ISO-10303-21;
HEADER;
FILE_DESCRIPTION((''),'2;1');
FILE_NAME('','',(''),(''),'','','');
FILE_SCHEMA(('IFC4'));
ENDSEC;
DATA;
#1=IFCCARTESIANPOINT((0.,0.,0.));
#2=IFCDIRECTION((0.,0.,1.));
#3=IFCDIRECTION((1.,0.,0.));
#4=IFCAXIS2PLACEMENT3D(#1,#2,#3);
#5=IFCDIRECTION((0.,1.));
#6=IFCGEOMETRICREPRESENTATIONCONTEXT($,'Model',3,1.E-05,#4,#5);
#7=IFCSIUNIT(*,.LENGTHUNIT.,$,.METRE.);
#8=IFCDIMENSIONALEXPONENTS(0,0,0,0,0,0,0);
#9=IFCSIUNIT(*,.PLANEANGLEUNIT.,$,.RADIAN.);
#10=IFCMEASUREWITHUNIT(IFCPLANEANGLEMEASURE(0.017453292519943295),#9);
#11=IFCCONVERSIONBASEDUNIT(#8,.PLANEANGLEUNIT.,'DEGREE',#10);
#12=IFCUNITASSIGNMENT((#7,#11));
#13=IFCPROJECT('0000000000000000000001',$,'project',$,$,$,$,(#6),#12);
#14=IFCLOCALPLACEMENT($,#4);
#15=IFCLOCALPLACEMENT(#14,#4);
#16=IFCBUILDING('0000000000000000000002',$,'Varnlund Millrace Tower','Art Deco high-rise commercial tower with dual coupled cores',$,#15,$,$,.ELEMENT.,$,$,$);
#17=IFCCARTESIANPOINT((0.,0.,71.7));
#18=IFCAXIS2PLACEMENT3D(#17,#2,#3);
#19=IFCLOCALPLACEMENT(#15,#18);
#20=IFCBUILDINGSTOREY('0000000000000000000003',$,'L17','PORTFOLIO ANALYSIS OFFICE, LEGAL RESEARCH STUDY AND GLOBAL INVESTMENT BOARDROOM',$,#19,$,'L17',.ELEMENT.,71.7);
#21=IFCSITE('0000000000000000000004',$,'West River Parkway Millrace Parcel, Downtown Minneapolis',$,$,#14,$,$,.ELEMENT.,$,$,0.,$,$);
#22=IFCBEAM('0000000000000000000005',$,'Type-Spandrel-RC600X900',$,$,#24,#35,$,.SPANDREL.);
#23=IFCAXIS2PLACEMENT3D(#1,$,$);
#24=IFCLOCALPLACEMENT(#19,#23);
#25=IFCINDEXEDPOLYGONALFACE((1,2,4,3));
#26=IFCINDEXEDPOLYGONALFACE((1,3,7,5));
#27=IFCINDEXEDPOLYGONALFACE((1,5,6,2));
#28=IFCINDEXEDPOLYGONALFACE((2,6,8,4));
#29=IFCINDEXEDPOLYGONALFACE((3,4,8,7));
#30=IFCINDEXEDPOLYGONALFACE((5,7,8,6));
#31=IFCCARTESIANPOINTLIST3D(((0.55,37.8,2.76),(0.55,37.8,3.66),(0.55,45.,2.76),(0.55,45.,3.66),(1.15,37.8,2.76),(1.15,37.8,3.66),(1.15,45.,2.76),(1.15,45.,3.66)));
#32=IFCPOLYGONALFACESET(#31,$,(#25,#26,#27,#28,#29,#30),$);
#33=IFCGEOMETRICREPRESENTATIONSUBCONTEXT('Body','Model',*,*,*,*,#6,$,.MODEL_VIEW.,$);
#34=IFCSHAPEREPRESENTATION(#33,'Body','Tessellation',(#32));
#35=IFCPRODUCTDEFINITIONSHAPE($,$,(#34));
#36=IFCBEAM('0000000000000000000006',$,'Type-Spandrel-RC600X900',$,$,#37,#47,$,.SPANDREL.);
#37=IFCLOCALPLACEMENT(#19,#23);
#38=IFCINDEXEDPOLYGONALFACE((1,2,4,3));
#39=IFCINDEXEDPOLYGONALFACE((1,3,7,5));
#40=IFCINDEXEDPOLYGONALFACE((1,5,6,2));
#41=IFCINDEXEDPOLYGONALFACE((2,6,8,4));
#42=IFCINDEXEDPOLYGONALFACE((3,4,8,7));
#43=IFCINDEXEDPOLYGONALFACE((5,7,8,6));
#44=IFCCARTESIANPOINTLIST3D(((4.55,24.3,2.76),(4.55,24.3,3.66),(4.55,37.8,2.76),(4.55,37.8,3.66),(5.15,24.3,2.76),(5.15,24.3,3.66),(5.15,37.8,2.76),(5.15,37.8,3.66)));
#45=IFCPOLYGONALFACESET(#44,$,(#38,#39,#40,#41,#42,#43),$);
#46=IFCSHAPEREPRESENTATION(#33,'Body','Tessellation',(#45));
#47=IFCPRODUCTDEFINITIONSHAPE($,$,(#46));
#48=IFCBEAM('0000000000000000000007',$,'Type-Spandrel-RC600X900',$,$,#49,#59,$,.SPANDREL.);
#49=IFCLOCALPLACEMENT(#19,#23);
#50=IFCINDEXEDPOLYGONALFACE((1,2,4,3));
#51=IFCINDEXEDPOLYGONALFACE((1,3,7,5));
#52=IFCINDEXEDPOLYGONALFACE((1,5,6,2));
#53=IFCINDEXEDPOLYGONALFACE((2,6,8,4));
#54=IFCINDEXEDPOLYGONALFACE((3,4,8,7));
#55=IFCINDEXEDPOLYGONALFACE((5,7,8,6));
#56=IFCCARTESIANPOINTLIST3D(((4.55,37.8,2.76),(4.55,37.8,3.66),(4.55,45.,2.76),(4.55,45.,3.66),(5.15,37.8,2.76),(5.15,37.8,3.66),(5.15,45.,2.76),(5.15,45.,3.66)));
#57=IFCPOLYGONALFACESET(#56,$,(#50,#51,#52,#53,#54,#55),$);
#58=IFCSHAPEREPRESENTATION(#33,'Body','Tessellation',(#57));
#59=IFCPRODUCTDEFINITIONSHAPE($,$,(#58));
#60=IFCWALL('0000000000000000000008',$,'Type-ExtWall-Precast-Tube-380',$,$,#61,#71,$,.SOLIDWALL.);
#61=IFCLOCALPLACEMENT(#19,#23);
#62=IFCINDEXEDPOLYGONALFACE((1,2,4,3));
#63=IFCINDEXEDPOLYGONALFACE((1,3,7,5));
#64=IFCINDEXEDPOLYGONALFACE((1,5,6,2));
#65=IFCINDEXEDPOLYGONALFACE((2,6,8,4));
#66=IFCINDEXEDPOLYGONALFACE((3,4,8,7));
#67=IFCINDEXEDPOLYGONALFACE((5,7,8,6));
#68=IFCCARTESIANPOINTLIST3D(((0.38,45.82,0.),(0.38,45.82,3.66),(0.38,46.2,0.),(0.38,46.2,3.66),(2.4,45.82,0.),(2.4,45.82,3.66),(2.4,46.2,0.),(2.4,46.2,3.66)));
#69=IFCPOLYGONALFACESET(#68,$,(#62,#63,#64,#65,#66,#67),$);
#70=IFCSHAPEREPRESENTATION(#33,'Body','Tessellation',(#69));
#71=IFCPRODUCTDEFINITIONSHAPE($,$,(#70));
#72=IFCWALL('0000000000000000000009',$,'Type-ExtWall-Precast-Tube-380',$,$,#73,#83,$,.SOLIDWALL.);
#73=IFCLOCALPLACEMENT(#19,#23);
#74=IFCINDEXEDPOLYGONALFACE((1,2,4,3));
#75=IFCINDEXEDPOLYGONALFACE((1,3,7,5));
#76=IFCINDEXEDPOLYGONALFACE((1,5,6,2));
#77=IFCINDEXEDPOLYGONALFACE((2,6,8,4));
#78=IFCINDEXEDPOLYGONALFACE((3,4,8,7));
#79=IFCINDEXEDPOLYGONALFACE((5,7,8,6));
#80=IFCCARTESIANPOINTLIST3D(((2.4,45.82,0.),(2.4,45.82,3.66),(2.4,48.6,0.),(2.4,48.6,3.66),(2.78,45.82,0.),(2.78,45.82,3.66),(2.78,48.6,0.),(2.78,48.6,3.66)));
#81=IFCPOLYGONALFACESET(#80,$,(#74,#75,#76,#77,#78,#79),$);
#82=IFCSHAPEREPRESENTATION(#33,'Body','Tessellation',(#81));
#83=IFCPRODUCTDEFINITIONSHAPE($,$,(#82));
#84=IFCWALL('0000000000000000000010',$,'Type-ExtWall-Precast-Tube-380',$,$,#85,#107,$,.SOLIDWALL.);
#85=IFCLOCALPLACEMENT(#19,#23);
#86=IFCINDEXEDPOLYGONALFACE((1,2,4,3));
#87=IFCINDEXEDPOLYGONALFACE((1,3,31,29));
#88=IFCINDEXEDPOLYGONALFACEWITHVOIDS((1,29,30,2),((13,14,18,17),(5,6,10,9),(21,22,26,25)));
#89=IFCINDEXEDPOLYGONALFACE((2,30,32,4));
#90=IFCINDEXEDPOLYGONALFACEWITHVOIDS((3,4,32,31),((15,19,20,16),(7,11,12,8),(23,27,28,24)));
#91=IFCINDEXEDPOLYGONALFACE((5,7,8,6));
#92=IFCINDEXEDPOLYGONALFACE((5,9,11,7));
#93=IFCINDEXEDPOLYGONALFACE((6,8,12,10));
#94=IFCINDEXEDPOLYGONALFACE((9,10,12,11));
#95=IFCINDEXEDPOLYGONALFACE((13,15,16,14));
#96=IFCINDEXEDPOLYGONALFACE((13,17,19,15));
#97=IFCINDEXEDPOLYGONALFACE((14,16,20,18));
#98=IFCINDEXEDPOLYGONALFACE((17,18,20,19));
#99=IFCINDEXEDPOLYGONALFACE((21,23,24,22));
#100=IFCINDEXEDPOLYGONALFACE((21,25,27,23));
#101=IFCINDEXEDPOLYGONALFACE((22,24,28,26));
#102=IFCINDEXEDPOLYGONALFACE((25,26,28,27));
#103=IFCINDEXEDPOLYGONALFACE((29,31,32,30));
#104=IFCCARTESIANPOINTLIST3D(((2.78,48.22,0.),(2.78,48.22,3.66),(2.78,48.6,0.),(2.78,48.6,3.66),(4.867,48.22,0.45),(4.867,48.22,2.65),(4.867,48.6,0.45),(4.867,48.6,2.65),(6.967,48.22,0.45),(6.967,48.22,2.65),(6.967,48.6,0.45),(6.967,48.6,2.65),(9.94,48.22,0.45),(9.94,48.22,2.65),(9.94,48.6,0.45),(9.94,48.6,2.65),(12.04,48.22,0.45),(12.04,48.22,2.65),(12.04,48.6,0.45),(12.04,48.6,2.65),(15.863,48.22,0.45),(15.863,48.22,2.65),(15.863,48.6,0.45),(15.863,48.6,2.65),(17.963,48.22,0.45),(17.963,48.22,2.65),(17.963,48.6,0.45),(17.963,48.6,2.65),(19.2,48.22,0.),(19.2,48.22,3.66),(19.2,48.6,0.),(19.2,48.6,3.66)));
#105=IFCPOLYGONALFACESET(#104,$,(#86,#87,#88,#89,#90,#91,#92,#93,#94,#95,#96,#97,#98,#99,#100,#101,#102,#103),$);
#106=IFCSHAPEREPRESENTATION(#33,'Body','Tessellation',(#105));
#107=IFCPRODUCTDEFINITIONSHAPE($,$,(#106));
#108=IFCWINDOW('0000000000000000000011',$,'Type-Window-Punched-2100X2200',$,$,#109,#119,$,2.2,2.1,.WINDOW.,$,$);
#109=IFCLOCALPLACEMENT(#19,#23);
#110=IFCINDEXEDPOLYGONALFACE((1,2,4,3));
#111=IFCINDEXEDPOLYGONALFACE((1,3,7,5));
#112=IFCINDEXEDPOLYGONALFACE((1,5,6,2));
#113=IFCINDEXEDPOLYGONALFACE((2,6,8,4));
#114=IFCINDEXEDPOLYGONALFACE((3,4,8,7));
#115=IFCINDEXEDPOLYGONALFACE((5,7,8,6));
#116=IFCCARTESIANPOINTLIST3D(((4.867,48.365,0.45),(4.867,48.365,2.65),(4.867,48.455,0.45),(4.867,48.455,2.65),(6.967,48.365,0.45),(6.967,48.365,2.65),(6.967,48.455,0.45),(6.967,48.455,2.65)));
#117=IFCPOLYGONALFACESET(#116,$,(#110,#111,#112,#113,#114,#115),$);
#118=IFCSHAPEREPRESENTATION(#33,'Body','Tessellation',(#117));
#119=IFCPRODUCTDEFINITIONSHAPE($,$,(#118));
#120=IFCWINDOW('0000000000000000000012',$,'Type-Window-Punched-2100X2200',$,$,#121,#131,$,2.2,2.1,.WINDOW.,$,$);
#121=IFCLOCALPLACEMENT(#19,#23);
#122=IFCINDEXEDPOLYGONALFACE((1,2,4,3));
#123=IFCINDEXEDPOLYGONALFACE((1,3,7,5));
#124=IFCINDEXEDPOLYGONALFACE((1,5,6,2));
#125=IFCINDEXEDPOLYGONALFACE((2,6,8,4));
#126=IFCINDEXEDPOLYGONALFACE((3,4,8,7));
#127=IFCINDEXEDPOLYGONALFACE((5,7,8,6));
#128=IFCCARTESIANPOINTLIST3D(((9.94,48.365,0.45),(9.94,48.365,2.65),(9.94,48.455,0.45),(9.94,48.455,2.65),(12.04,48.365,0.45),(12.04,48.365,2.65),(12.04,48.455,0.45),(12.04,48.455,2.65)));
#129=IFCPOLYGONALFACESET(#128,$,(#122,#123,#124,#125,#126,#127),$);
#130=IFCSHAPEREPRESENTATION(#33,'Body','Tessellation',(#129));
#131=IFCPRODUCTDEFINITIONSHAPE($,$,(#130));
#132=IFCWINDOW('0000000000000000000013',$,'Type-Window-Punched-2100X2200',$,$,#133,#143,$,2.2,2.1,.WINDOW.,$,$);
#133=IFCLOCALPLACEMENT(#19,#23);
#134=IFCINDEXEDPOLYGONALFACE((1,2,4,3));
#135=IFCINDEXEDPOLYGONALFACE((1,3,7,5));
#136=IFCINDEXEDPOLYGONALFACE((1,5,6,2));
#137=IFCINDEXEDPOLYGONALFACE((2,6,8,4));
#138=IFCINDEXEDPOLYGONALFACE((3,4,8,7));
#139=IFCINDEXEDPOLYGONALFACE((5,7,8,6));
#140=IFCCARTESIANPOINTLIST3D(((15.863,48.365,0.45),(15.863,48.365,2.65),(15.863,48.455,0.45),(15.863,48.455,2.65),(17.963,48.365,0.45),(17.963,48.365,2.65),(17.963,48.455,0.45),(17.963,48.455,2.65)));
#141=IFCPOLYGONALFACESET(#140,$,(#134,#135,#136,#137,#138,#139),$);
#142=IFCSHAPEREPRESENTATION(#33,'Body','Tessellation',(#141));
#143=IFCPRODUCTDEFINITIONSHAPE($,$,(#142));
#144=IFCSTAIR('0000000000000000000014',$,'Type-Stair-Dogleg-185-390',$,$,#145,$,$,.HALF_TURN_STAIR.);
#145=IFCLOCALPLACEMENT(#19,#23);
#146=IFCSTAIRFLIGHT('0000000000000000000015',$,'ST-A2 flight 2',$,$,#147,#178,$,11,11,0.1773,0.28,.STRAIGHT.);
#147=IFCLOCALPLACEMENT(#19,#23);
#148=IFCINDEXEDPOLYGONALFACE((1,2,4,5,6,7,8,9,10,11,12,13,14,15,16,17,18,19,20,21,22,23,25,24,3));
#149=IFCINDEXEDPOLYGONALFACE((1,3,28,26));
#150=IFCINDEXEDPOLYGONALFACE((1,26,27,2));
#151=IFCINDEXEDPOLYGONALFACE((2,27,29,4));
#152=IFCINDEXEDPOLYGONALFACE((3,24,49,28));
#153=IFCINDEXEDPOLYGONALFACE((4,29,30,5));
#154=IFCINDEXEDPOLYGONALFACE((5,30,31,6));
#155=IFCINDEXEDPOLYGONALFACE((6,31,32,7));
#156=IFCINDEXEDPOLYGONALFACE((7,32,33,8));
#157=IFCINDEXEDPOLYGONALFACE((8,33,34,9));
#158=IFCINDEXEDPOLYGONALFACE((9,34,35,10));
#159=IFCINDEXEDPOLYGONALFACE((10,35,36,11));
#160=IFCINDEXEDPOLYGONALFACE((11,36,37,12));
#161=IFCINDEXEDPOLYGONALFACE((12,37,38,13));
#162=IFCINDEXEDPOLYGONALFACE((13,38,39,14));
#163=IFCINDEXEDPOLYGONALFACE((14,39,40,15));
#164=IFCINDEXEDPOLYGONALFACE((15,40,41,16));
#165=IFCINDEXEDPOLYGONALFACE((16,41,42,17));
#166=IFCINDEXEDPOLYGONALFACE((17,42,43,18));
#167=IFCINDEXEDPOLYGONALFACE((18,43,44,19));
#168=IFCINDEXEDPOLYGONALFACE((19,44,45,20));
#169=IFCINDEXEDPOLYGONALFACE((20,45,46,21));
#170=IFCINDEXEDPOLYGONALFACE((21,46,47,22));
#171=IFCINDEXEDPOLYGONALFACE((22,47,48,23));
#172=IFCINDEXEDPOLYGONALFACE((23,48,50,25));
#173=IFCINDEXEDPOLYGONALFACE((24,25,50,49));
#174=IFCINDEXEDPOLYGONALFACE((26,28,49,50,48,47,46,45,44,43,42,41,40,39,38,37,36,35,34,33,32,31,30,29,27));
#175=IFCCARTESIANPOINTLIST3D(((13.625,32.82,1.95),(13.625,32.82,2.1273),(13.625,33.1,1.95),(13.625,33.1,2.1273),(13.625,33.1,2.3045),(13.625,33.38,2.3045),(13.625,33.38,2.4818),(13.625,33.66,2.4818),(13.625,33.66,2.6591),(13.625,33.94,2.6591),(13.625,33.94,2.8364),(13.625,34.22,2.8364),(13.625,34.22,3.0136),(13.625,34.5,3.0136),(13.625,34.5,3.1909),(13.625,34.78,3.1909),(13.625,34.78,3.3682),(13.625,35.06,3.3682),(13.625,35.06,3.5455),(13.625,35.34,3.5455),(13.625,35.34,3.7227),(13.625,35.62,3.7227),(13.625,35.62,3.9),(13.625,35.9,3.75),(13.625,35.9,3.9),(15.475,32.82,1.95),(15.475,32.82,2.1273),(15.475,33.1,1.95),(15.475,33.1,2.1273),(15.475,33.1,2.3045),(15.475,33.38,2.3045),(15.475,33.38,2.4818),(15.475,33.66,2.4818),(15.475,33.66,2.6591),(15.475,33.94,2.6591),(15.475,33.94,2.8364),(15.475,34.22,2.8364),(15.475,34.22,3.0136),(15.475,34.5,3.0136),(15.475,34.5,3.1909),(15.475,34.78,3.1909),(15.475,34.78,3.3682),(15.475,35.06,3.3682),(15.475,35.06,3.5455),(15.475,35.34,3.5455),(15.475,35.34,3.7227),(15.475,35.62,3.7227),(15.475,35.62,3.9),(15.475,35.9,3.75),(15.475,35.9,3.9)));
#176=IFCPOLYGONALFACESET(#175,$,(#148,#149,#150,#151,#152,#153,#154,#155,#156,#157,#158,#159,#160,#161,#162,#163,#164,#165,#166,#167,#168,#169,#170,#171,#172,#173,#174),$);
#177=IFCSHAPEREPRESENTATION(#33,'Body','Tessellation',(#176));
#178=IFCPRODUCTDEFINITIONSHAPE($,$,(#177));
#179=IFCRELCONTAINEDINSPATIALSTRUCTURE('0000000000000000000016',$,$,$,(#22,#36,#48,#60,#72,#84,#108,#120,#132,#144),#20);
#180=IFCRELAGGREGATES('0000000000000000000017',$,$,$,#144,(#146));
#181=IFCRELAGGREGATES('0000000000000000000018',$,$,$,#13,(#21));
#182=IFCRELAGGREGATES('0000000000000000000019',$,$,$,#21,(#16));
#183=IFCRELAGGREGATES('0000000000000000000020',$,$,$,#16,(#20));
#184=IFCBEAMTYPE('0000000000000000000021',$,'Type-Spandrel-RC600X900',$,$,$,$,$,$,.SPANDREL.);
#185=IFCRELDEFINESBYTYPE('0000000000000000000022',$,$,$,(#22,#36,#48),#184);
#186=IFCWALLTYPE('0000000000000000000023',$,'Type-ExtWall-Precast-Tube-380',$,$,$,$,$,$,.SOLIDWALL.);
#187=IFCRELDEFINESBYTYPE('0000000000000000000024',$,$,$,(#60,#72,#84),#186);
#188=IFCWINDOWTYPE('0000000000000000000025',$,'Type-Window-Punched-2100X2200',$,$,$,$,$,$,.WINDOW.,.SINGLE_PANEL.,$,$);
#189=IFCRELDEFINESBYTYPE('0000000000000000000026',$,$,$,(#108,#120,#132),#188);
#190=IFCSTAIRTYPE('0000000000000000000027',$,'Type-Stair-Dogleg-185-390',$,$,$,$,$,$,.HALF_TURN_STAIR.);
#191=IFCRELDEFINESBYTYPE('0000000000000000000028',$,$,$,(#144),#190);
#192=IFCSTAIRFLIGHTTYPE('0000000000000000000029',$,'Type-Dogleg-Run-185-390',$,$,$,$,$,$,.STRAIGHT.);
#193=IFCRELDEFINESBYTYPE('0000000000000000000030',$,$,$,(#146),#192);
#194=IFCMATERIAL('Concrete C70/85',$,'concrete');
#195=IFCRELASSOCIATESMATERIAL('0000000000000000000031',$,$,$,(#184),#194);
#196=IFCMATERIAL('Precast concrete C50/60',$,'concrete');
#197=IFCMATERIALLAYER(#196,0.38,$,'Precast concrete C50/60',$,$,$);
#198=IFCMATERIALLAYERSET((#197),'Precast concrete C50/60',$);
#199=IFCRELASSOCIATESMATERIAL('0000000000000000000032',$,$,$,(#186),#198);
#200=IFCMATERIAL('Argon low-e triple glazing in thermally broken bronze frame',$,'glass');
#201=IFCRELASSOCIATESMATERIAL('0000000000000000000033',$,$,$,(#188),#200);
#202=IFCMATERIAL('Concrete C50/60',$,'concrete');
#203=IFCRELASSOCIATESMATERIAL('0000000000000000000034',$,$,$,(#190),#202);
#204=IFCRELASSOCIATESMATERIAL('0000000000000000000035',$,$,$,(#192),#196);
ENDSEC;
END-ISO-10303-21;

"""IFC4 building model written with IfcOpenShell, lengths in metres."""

from ifc_helpers import new_model, entity, si_unit, converted_unit, direction, frame, origin_with_axes, origin_2d_with_axis, place, context, subcontext, project, spatial, polyline, rectangle, outline, extrude, material, layer, layer_set, material_profile, profile_set, type_object, element, fill, aggregate, save


model = new_model("IFC4")

# Units and contexts
model_context = context("Model", 3, precision=1e-05, world=origin_with_axes(), true_north=direction((0.0, 1.0)))
body_context = subcontext(model_context, "Body", "Model", "MODEL_VIEW")
ifc_project = project(units=[si_unit("LENGTHUNIT", "METRE"), converted_unit("PLANEANGLEUNIT", "DEGREE", entity("IfcPlaneAngleMeasure", 0.017453292519943295), si_unit("PLANEANGLEUNIT", "RADIAN"), dimensions=[0, 0, 0, 0, 0, 0, 0])], contexts=[model_context])

# Site, building, storey
site_placement = place(None, origin_with_axes())
site = spatial("IfcSite", under=ifc_project, at=site_placement, Name="West River Parkway Millrace Parcel, Downtown Minneapolis", CompositionType="ELEMENT", RefElevation=0.0)
building_placement = place(site_placement, origin_with_axes())
building = spatial("IfcBuilding", under=site, at=building_placement, Name="Varnlund Millrace Tower", Description="Art Deco high-rise commercial tower with dual coupled cores", CompositionType="ELEMENT")
storey_placement = place(building_placement, frame((0.0, 0.0, 71.7), z_axis=(0.0, 0.0, 1.0), x_axis=(1.0, 0.0, 0.0)))
storey = spatial("IfcBuildingStorey", under=building, at=storey_placement, Name="L17", Description="PORTFOLIO ANALYSIS OFFICE, LEGAL RESEARCH STUDY AND GLOBAL INVESTMENT BOARDROOM", LongName="L17", CompositionType="ELEMENT", Elevation=71.7)

# Beams
ifc_material_1 = material(Name="Concrete C70/85", Category="concrete")
ifc_material_profile_1 = material_profile(ifc_material_1, rectangle(XDim=0.6, YDim=0.9, at=origin_2d_with_axis()), Name="Concrete C70/85")
ifc_profile_set_1 = profile_set([ifc_material_profile_1], Name="Concrete C70/85")
beam_type_1 = type_object("IfcBeamType", Name="Type-Spandrel-RC600X900", PredefinedType="SPANDREL", material=ifc_profile_set_1)
beam_1_placement = place(storey_placement, frame((0.85, 37.8, 3.21), z_axis=(0.0, 1.0, 0.0), x_axis=(-1.0, 0.0, 0.0)))
element("IfcBeam", 1, at=beam_1_placement, inside=storey, type_object=beam_type_1, Name="Type-Spandrel-RC600X900", PredefinedType="SPANDREL", context=body_context, shape_type="SweptSolid", body=[
    extrude(rectangle(XDim=0.6, YDim=0.9, at=origin_2d_with_axis()), origin_with_axes(), (0.0, 0.0, 1.0), 7.2),
])
beam_2_placement = place(storey_placement, frame((4.85, 24.3, 3.21), z_axis=(0.0, 1.0, 0.0), x_axis=(-1.0, 0.0, 0.0)))
element("IfcBeam", 2, at=beam_2_placement, inside=storey, type_object=beam_type_1, Name="Type-Spandrel-RC600X900", PredefinedType="SPANDREL", context=body_context, shape_type="SweptSolid", body=[
    extrude(rectangle(XDim=0.6, YDim=0.9, at=origin_2d_with_axis()), origin_with_axes(), (0.0, 0.0, 1.0), 13.5),
])
beam_3_placement = place(storey_placement, frame((4.85, 37.8, 3.21), z_axis=(0.0, 1.0, 0.0), x_axis=(-1.0, 0.0, 0.0)))
element("IfcBeam", 3, at=beam_3_placement, inside=storey, type_object=beam_type_1, Name="Type-Spandrel-RC600X900", PredefinedType="SPANDREL", context=body_context, shape_type="SweptSolid", body=[
    extrude(rectangle(XDim=0.6, YDim=0.9, at=origin_2d_with_axis()), origin_with_axes(), (0.0, 0.0, 1.0), 7.2),
])

# Walls
ifc_material_2 = material(Name="Precast concrete C50/60", Category="concrete")
ifc_layer = layer(ifc_material_2, 0.38, Name="Precast concrete C50/60")
ifc_layer_set = layer_set([ifc_layer], Name="Precast concrete C50/60")
wall_type = type_object("IfcWallType", Name="Type-ExtWall-Precast-Tube-380", PredefinedType="SOLIDWALL", material=ifc_layer_set)
wall_1_placement = place(storey_placement, frame((0.38, 46.01, 0.0), z_axis=(0.0, 0.0, 1.0), x_axis=(1.0, 0.0, 0.0)))
element("IfcWall", 4, at=wall_1_placement, inside=storey, type_object=wall_type, Name="Type-ExtWall-Precast-Tube-380", PredefinedType="SOLIDWALL", context=body_context, shape_type="SweptSolid", body=[
    extrude(outline(polyline([(0.0, -0.19), (2.02, -0.19), (2.02, 0.19), (0.0, 0.19), (0.0, -0.19)])), origin_with_axes(), (0.0, 0.0, 1.0), 3.66),
])
wall_2_placement = place(storey_placement, frame((2.59, 45.82, 0.0), z_axis=(0.0, 0.0, 1.0), x_axis=(0.0, 1.0, 0.0)))
element("IfcWall", 5, at=wall_2_placement, inside=storey, type_object=wall_type, Name="Type-ExtWall-Precast-Tube-380", PredefinedType="SOLIDWALL", context=body_context, shape_type="SweptSolid", body=[
    extrude(outline(polyline([(0.0, -0.19), (2.78, -0.19), (2.78, 0.19), (0.0, 0.19), (0.0, -0.19)])), origin_with_axes(), (0.0, 0.0, 1.0), 3.66),
])

# Wall, openings, windows
wall_3_placement = place(storey_placement, frame((2.78, 48.41, 0.0), z_axis=(0.0, 0.0, 1.0), x_axis=(1.0, 0.0, 0.0)))
wall_3 = element("IfcWall", 6, at=wall_3_placement, inside=storey, type_object=wall_type, Name="Type-ExtWall-Precast-Tube-380", PredefinedType="SOLIDWALL", context=body_context, shape_type="SweptSolid", body=[
    extrude(outline(polyline([(0.0, -0.19), (16.42, -0.19), (16.42, 0.19), (0.0, 0.19), (0.0, -0.19)])), origin_with_axes(), (0.0, 0.0, 1.0), 3.66),
])
opening_1_placement = place(wall_3_placement, frame((3.137, 0.0, 0.45), z_axis=(0.0, 0.0, 1.0), x_axis=(1.0, 0.0, 0.0)))
opening_1 = element("IfcOpeningElement", 7, at=opening_1_placement, cuts=wall_3, PredefinedType="OPENING", context=body_context, shape_type="SweptSolid", body=[
    extrude(rectangle(XDim=2.1, YDim=0.4, at=origin_2d_with_axis()), origin_with_axes(), (0.0, 0.0, 1.0), 2.2),
])
opening_2_placement = place(wall_3_placement, frame((8.21, 0.0, 0.45), z_axis=(0.0, 0.0, 1.0), x_axis=(1.0, 0.0, 0.0)))
opening_2 = element("IfcOpeningElement", 8, at=opening_2_placement, cuts=wall_3, PredefinedType="OPENING", context=body_context, shape_type="SweptSolid", body=[
    extrude(rectangle(XDim=2.1, YDim=0.4, at=origin_2d_with_axis()), origin_with_axes(), (0.0, 0.0, 1.0), 2.2),
])
opening_3_placement = place(wall_3_placement, frame((14.133, 0.0, 0.45), z_axis=(0.0, 0.0, 1.0), x_axis=(1.0, 0.0, 0.0)))
opening_3 = element("IfcOpeningElement", 9, at=opening_3_placement, cuts=wall_3, PredefinedType="OPENING", context=body_context, shape_type="SweptSolid", body=[
    extrude(rectangle(XDim=2.1, YDim=0.4, at=origin_2d_with_axis()), origin_with_axes(), (0.0, 0.0, 1.0), 2.2),
])
ifc_material_3 = material(Name="Argon low-e triple glazing in thermally broken bronze frame", Category="glass")
window_type = type_object("IfcWindowType", Name="Type-Window-Punched-2100X2200", PartitioningType="SINGLE_PANEL", PredefinedType="WINDOW", material=ifc_material_3)
window_1_placement = place(wall_3_placement, frame((3.137, 0.0, 0.45), z_axis=(0.0, 0.0, 1.0), x_axis=(1.0, 0.0, 0.0)))
window_1 = element("IfcWindow", 10, at=window_1_placement, inside=storey, type_object=window_type, Name="Type-Window-Punched-2100X2200", OverallHeight=2.2, OverallWidth=2.1, PredefinedType="WINDOW", context=body_context, shape_type="SweptSolid", body=[
    extrude(rectangle(XDim=2.1, YDim=0.09, at=origin_2d_with_axis()), origin_with_axes(), (0.0, 0.0, 1.0), 2.2),
])
fill(opening_1, window_1)
window_2_placement = place(wall_3_placement, frame((8.21, 0.0, 0.45), z_axis=(0.0, 0.0, 1.0), x_axis=(1.0, 0.0, 0.0)))
window_2 = element("IfcWindow", 11, at=window_2_placement, inside=storey, type_object=window_type, Name="Type-Window-Punched-2100X2200", OverallHeight=2.2, OverallWidth=2.1, PredefinedType="WINDOW", context=body_context, shape_type="SweptSolid", body=[
    extrude(rectangle(XDim=2.1, YDim=0.09, at=origin_2d_with_axis()), origin_with_axes(), (0.0, 0.0, 1.0), 2.2),
])
fill(opening_2, window_2)
window_3_placement = place(wall_3_placement, frame((14.133, 0.0, 0.45), z_axis=(0.0, 0.0, 1.0), x_axis=(1.0, 0.0, 0.0)))
window_3 = element("IfcWindow", 12, at=window_3_placement, inside=storey, type_object=window_type, Name="Type-Window-Punched-2100X2200", OverallHeight=2.2, OverallWidth=2.1, PredefinedType="WINDOW", context=body_context, shape_type="SweptSolid", body=[
    extrude(rectangle(XDim=2.1, YDim=0.09, at=origin_2d_with_axis()), origin_with_axes(), (0.0, 0.0, 1.0), 2.2),
])
fill(opening_3, window_3)

# Stair, stair flight
ifc_material_4 = material(Name="Concrete C50/60", Category="concrete")
stair_type = type_object("IfcStairType", Name="Type-Stair-Dogleg-185-390", PredefinedType="HALF_TURN_STAIR", material=ifc_material_4)
stair_placement = place(storey_placement, origin_with_axes())
stair = element("IfcStair", 13, at=stair_placement, inside=storey, type_object=stair_type, Name="Type-Stair-Dogleg-185-390", PredefinedType="HALF_TURN_STAIR")
stair_flight_type = type_object("IfcStairFlightType", Name="Type-Dogleg-Run-185-390", PredefinedType="STRAIGHT", material=ifc_material_2)
stair_flight_placement = place(storey_placement, frame((13.625, 32.82, 1.95), z_axis=(1.0, 0.0, 0.0), x_axis=(0.0, 1.0, 0.0)))
stair_flight = element("IfcStairFlight", 14, at=stair_flight_placement, type_object=stair_flight_type, Name="ST-A2 flight 2", NumberOfRisers=11, NumberOfTreads=11, PredefinedType="STRAIGHT", RiserHeight=0.1773, TreadLength=0.28, context=body_context, shape_type="SweptSolid", body=[
    extrude(outline(polyline([(0.0, 0.0), (0.0, 0.1773), (0.28, 0.1773), (0.28, 0.3545), (0.56, 0.3545), (0.56, 0.5318), (0.84, 0.5318), (0.84, 0.7091), (1.12, 0.7091), (1.12, 0.8864), (1.4, 0.8864), (1.4, 1.0636), (1.68, 1.0636), (1.68, 1.2409), (1.96, 1.2409), (1.96, 1.4182), (2.24, 1.4182), (2.24, 1.5955), (2.52, 1.5955), (2.52, 1.7727), (2.8, 1.7727), (2.8, 1.95), (3.08, 1.95), (3.08, 1.8), (0.28, 0.0), (0.0, 0.0)])), origin_with_axes(), (0.0, 0.0, 1.0), 1.85),
])
aggregate(stair, [stair_flight])

save(model, "model.ifc")
